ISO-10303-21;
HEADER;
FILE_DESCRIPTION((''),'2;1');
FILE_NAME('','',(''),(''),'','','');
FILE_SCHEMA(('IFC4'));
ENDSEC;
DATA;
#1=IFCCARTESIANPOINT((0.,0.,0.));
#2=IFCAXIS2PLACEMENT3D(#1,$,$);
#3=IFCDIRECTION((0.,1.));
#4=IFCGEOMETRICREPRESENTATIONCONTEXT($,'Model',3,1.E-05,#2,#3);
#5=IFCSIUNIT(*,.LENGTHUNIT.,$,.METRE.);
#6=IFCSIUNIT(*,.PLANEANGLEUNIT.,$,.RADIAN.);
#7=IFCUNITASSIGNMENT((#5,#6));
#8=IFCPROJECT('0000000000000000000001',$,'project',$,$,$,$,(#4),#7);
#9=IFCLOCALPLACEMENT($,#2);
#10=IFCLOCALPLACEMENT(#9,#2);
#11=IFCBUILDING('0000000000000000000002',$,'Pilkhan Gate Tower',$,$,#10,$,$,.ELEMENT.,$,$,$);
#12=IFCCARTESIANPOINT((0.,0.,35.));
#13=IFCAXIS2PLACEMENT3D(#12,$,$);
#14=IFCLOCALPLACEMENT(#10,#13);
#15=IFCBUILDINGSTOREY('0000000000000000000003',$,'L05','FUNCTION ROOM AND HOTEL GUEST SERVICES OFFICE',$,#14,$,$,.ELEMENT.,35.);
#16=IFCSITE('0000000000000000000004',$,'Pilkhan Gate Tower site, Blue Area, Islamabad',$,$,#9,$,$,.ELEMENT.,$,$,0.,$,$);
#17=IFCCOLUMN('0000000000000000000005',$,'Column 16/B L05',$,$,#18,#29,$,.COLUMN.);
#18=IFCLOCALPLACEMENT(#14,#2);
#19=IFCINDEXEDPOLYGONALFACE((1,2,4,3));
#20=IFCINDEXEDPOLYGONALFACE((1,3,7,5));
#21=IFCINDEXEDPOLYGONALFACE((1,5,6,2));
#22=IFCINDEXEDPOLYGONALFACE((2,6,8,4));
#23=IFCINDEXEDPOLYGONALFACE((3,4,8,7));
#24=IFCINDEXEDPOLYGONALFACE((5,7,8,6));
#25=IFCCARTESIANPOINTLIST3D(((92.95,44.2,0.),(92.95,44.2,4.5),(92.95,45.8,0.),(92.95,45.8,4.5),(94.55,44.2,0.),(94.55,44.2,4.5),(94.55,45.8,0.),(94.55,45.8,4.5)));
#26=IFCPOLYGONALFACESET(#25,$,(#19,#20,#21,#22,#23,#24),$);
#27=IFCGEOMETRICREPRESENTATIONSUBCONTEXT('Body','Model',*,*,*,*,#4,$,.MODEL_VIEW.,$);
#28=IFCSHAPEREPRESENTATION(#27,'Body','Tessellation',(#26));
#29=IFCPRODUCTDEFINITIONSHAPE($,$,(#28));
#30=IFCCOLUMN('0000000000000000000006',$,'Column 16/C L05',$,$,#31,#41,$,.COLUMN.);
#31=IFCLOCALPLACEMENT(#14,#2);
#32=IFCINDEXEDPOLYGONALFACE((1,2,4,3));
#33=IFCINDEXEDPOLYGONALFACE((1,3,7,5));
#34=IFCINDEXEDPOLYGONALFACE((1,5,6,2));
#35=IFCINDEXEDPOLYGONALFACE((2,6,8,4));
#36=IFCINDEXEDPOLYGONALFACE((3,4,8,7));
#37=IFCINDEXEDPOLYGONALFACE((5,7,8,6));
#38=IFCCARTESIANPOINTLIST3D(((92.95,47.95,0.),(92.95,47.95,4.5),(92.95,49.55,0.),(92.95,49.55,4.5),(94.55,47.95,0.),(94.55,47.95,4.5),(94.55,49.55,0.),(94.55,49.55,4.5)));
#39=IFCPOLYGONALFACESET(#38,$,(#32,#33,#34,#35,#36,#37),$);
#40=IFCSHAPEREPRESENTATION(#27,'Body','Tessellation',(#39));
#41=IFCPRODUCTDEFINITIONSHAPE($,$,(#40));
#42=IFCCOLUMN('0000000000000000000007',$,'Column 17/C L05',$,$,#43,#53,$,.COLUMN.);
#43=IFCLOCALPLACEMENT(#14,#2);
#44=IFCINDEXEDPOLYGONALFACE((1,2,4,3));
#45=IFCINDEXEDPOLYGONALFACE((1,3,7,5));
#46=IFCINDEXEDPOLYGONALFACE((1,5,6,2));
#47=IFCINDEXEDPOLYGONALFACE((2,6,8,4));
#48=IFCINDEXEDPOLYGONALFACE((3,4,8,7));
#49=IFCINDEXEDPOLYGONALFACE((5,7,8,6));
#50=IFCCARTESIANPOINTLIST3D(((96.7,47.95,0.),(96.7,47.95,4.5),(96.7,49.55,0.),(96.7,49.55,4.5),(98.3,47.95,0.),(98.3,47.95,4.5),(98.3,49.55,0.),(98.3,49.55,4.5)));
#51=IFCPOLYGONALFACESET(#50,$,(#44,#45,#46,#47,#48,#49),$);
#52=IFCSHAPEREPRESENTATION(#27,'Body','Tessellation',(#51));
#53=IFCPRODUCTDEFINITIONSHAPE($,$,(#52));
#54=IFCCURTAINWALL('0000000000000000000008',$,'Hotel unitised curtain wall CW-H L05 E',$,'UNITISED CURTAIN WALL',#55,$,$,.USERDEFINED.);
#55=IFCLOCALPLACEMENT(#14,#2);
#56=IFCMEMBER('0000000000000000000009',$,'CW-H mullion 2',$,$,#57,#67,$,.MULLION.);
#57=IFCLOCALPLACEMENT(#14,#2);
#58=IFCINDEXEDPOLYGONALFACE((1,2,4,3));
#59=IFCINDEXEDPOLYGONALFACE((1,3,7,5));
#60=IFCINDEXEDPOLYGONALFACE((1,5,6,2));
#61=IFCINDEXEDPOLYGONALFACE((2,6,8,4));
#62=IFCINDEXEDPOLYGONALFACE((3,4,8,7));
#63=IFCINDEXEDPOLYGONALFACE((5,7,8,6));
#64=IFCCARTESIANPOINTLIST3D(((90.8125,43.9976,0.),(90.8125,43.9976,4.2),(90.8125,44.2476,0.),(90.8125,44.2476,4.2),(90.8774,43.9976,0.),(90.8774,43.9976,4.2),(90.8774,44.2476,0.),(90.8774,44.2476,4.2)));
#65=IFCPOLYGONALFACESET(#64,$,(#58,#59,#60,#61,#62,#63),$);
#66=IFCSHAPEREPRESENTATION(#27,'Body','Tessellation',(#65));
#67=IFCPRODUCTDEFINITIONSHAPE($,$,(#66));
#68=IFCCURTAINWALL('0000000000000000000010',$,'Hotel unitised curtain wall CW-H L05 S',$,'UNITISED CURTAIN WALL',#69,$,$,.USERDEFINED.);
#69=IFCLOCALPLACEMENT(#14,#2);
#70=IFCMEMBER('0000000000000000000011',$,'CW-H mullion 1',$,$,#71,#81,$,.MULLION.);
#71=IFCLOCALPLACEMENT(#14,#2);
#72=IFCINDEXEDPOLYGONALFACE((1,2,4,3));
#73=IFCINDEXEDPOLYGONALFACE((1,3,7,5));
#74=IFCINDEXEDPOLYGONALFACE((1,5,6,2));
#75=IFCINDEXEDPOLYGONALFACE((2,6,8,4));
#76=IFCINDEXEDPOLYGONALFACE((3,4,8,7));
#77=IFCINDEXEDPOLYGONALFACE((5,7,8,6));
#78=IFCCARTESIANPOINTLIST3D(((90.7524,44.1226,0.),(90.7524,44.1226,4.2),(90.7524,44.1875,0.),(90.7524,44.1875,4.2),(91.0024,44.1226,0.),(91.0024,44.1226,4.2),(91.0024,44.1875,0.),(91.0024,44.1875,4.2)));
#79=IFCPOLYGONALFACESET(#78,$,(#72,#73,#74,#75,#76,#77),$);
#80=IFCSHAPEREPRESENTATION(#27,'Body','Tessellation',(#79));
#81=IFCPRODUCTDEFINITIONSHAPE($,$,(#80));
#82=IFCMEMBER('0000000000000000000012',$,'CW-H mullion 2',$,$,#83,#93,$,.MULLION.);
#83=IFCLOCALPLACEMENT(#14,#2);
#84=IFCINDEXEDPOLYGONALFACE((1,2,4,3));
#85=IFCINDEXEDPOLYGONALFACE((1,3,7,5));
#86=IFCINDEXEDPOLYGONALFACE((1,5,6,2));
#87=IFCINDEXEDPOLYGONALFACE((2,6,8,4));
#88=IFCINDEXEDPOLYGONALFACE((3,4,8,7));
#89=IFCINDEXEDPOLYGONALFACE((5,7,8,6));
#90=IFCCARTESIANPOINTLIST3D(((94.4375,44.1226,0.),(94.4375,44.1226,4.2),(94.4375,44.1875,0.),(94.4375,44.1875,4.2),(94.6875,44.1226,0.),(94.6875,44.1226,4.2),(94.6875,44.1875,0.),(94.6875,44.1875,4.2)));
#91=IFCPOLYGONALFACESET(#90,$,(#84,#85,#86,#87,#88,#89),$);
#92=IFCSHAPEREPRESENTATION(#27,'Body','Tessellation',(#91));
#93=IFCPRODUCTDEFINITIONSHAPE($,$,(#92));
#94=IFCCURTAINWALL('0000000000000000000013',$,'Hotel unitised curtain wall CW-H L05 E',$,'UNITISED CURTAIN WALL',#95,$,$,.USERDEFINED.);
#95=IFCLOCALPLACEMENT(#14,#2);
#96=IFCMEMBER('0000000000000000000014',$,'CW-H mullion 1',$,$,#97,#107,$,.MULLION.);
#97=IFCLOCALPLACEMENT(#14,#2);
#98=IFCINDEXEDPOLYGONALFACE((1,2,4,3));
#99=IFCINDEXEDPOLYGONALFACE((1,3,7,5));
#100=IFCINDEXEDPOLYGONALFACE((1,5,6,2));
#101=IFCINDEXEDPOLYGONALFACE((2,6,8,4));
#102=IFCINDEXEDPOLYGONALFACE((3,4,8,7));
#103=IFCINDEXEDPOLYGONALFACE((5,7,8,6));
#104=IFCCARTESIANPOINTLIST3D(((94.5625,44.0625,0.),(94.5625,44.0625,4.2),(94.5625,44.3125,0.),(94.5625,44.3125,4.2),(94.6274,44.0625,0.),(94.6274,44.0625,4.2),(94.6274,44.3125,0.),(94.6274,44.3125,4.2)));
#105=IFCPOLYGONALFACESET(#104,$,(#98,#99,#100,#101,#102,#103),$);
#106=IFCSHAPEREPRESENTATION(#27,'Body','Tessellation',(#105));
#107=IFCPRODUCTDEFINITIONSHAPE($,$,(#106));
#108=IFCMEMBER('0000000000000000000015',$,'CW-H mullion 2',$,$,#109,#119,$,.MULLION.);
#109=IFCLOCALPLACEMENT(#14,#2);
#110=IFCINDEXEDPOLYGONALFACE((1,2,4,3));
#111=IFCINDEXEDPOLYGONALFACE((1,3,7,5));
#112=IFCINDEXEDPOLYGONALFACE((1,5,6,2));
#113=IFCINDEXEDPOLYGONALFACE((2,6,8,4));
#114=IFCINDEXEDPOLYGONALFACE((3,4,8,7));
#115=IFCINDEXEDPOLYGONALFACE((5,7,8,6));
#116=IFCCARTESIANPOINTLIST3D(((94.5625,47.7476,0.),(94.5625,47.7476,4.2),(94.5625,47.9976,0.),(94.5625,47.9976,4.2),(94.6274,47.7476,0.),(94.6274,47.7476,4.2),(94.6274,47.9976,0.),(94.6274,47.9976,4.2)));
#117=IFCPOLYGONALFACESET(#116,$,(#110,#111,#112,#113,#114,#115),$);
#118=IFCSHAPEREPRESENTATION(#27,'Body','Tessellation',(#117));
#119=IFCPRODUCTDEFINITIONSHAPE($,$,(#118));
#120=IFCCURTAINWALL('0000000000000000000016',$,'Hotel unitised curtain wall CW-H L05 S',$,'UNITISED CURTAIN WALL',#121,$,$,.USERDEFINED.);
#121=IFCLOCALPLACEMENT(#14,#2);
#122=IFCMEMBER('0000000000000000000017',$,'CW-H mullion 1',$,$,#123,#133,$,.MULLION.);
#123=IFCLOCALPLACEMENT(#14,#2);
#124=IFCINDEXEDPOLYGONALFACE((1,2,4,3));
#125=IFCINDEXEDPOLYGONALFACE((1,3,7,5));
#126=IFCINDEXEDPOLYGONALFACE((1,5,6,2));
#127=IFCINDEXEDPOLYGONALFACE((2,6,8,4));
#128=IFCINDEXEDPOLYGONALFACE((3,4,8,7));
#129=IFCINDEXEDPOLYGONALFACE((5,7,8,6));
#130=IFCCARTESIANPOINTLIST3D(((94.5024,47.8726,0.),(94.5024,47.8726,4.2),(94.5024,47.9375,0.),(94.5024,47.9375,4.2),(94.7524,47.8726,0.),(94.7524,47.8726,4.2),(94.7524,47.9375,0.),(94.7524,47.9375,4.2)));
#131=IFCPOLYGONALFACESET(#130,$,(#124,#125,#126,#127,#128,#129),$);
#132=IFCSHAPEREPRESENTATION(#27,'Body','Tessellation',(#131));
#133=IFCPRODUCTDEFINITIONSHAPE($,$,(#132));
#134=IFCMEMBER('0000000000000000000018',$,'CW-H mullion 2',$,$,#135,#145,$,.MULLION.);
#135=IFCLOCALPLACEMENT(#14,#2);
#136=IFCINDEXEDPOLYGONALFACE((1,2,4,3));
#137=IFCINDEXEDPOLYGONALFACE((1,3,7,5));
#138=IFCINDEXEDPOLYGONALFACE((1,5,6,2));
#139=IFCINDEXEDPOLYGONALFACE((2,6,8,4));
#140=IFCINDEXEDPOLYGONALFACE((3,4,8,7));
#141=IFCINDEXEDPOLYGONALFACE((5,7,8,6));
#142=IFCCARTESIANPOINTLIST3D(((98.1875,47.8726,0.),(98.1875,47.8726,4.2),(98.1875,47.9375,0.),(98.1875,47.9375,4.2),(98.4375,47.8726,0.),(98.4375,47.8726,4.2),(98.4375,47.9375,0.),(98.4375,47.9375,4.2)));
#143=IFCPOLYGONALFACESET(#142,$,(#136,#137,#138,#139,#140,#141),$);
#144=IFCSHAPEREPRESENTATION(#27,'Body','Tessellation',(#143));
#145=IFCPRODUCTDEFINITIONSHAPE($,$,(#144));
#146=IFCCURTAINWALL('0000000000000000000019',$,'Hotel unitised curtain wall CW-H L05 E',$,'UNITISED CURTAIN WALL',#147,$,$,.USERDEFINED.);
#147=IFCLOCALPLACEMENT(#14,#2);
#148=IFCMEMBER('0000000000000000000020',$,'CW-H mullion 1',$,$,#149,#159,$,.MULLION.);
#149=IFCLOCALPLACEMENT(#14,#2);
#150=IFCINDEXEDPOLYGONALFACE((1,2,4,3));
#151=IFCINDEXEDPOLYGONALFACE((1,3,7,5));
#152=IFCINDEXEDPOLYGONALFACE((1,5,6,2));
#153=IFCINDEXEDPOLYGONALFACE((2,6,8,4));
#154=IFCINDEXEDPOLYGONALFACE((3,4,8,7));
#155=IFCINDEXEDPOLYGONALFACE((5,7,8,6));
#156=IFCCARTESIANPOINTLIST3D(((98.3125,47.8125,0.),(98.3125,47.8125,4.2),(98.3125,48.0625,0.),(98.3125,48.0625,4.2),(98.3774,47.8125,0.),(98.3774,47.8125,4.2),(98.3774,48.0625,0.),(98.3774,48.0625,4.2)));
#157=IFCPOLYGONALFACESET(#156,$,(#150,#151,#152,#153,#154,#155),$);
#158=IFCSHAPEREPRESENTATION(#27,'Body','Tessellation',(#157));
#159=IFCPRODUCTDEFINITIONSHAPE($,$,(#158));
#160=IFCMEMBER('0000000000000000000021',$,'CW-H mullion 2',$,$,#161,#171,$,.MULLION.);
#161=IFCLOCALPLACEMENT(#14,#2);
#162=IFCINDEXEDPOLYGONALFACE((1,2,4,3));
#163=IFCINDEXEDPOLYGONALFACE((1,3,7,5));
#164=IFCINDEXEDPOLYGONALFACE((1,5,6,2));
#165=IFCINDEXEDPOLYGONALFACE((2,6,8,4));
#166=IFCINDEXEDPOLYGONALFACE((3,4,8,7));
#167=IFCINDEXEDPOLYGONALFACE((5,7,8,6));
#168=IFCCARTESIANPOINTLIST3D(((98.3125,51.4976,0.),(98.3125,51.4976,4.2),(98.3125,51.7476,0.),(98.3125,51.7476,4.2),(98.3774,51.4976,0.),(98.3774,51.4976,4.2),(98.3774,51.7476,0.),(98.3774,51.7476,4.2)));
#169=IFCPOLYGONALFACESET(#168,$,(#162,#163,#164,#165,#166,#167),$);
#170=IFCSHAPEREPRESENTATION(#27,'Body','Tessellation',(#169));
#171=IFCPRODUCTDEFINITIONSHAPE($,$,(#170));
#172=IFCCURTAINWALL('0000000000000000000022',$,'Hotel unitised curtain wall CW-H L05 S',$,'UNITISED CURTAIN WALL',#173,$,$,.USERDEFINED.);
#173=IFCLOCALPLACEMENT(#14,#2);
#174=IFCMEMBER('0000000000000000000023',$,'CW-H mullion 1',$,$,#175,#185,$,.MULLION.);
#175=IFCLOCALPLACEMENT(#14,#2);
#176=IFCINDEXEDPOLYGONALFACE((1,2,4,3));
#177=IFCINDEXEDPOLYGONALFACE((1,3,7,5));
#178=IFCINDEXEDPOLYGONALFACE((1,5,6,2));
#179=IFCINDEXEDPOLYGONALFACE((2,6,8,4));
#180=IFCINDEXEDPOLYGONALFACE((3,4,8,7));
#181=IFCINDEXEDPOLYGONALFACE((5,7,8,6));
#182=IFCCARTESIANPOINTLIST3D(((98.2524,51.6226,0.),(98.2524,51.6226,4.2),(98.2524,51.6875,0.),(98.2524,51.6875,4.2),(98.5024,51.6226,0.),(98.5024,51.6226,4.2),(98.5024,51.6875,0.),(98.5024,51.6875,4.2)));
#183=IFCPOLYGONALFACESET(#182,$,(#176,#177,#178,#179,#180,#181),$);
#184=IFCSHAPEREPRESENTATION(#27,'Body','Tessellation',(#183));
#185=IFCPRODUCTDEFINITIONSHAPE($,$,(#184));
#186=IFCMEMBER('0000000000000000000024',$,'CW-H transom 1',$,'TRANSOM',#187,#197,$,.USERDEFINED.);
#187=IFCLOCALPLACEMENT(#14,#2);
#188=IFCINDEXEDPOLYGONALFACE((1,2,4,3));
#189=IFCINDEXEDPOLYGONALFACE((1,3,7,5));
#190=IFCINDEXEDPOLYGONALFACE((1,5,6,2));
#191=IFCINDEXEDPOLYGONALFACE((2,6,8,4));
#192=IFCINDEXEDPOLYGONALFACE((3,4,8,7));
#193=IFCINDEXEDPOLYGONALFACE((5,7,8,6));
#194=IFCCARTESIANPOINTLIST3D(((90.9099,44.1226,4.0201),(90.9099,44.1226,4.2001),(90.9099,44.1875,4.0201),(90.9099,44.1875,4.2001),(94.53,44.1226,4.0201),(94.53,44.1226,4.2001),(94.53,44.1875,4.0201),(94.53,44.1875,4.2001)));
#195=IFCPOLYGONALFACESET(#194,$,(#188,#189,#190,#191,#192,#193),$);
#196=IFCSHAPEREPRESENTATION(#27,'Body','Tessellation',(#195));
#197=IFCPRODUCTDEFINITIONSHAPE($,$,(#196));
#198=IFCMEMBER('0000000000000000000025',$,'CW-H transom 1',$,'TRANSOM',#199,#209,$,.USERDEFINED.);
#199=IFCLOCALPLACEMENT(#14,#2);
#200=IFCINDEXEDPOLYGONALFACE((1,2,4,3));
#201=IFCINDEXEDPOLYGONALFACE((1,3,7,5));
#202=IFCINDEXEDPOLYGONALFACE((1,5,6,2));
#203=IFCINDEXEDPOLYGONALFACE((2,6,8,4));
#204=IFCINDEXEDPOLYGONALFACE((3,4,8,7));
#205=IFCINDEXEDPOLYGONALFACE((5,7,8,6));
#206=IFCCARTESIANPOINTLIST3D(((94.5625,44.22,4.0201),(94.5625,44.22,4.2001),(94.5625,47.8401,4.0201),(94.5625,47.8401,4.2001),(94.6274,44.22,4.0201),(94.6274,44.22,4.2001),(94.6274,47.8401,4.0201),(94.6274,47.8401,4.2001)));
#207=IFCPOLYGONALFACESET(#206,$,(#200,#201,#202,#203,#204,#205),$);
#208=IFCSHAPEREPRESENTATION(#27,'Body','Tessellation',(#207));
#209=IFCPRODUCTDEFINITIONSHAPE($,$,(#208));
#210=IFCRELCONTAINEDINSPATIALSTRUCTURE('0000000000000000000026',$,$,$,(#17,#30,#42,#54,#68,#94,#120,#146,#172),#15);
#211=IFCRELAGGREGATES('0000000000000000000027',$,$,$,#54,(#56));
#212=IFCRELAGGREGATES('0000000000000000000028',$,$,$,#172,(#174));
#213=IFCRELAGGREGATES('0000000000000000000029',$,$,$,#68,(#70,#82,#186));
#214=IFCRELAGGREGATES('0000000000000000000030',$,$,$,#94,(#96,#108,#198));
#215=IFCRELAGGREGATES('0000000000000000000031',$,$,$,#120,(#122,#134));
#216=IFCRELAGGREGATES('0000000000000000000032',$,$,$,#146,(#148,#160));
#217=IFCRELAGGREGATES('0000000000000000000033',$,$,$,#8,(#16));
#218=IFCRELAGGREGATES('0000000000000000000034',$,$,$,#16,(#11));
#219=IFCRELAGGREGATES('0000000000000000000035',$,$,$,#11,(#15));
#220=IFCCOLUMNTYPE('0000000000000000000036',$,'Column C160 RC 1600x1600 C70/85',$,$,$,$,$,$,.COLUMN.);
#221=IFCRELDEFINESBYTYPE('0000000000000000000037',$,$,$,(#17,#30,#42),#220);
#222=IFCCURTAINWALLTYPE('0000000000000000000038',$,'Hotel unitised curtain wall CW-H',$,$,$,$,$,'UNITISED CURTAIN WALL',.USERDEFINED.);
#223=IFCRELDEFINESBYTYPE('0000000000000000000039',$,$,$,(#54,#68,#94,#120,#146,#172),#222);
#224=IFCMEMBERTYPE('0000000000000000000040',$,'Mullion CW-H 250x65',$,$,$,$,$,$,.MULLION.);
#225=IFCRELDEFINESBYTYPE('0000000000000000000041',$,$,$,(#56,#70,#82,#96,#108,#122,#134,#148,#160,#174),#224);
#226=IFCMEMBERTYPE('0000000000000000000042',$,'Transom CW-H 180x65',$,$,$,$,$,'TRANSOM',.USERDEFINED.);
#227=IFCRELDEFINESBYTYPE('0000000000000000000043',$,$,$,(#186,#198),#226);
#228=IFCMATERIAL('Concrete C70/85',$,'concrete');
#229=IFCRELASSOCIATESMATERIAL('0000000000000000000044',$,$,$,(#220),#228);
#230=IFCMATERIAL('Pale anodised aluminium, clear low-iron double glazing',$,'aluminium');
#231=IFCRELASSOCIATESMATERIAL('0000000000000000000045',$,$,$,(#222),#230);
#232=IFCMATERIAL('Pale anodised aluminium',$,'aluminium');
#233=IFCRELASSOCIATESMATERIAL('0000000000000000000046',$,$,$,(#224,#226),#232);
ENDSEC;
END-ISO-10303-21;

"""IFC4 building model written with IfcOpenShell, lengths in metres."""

from ifc_helpers import new_model, si_unit, direction, frame, origin, origin_2d, place, context, subcontext, project, spatial, rectangle, extrude, material, material_profile, profile_set, type_object, element, aggregate, save


model = new_model("IFC4")

# Units and contexts
model_context = context("Model", 3, precision=1e-05, world=origin(), true_north=direction((0.0, 1.0)))
body_context = subcontext(model_context, "Body", "Model", "MODEL_VIEW")
ifc_project = project(units=[si_unit("LENGTHUNIT", "METRE"), si_unit("PLANEANGLEUNIT", "RADIAN")], contexts=[model_context])

# Site, building, storey
site_placement = place(None, origin())
site = spatial("IfcSite", under=ifc_project, at=site_placement, Name="Pilkhan Gate Tower site, Blue Area, Islamabad", CompositionType="ELEMENT", RefElevation=0.0)
building_placement = place(site_placement, origin())
building = spatial("IfcBuilding", under=site, at=building_placement, Name="Pilkhan Gate Tower", CompositionType="ELEMENT")
storey_placement = place(building_placement, frame((0.0, 0.0, 35.0)))
storey = spatial("IfcBuildingStorey", under=building, at=storey_placement, Name="L05", Description="FUNCTION ROOM AND HOTEL GUEST SERVICES OFFICE", CompositionType="ELEMENT", Elevation=35.0)

# Columns
ifc_material_1 = material(Name="Concrete C70/85", Category="concrete")
ifc_material_profile_1 = material_profile(ifc_material_1, rectangle(XDim=1.6001, YDim=1.6001, at=origin_2d()), Name="RC 1600x1600")
ifc_profile_set_1 = profile_set([ifc_material_profile_1], Name="Concrete C70/85")
column_type = type_object("IfcColumnType", Name="Column C160 RC 1600x1600 C70/85", PredefinedType="COLUMN", material=ifc_profile_set_1)
for number, where, z_axis, x_axis, name in (
    (1, (93.75, 45.0, 0.0), (0.0, 0.0, 1.0), (1.0, 0.0, 0.0), "Column 16/B L05"),
    (2, (93.75, 48.75, 0.0), (0.0, 0.0, 1.0), (1.0, 0.0, 0.0), "Column 16/C L05"),
    (3, (97.5, 48.75, 0.0), (0.0, 0.0, 1.0), (1.0, 0.0, 0.0), "Column 17/C L05"),
):
    element("IfcColumn", number, at=place(storey_placement, frame(where, z_axis=z_axis, x_axis=x_axis)), inside=storey, type_object=column_type, Name=name, PredefinedType="COLUMN", context=body_context, shape_type="SweptSolid", body=[
        extrude(rectangle(XDim=1.6001, YDim=1.6001, at=origin_2d()), origin(), (0.0, 0.0, 1.0), 4.5),
    ])

# Curtain wall, member
ifc_material_2 = material(Name="Pale anodised aluminium, clear low-iron double glazing", Category="aluminium")
curtain_wall_type = type_object("IfcCurtainWallType", Name="Hotel unitised curtain wall CW-H", ElementType="UNITISED CURTAIN WALL", PredefinedType="USERDEFINED", material=ifc_material_2)
curtain_wall_1_placement = place(storey_placement, origin())
curtain_wall_1 = element("IfcCurtainWall", 4, at=curtain_wall_1_placement, inside=storey, type_object=curtain_wall_type, Name="Hotel unitised curtain wall CW-H L05 E", ObjectType="UNITISED CURTAIN WALL", PredefinedType="USERDEFINED")
ifc_material_3 = material(Name="Pale anodised aluminium", Category="aluminium")
ifc_material_profile_2 = material_profile(ifc_material_3, rectangle(XDim=0.0649, YDim=0.25, at=origin_2d()), Name="Mullion 250x65")
ifc_profile_set_2 = profile_set([ifc_material_profile_2], Name="Pale anodised aluminium")
member_type_1 = type_object("IfcMemberType", Name="Mullion CW-H 250x65", PredefinedType="MULLION", material=ifc_profile_set_2)
member_1_placement = place(storey_placement, frame((90.845, 44.1226, 0.0), z_axis=(0.0, 0.0, 1.0), x_axis=(-1.0, 0.0, 0.0)))
member_1 = element("IfcMember", 5, at=member_1_placement, type_object=member_type_1, Name="CW-H mullion 2", PredefinedType="MULLION", context=body_context, shape_type="SweptSolid", body=[
    extrude(rectangle(XDim=0.0649, YDim=0.25, at=origin_2d()), origin(), (0.0, 0.0, 1.0), 4.2),
])
aggregate(curtain_wall_1, [member_1])

# Curtain walls, members
curtain_wall_2_placement = place(storey_placement, origin())
curtain_wall_2 = element("IfcCurtainWall", 6, at=curtain_wall_2_placement, inside=storey, type_object=curtain_wall_type, Name="Hotel unitised curtain wall CW-H L05 S", ObjectType="UNITISED CURTAIN WALL", PredefinedType="USERDEFINED")
member_2_placement = place(storey_placement, frame((90.8774, 44.155, 0.0), z_axis=(0.0, 0.0, 1.0), x_axis=(0.0, 1.0, 0.0)))
member_2 = element("IfcMember", 7, at=member_2_placement, type_object=member_type_1, Name="CW-H mullion 1", PredefinedType="MULLION", context=body_context, shape_type="SweptSolid", body=[
    extrude(rectangle(XDim=0.0649, YDim=0.25, at=origin_2d()), origin(), (0.0, 0.0, 1.0), 4.2),
])
member_3_placement = place(storey_placement, frame((94.5625, 44.155, 0.0), z_axis=(0.0, 0.0, 1.0), x_axis=(0.0, 1.0, 0.0)))
member_3 = element("IfcMember", 8, at=member_3_placement, type_object=member_type_1, Name="CW-H mullion 2", PredefinedType="MULLION", context=body_context, shape_type="SweptSolid", body=[
    extrude(rectangle(XDim=0.0649, YDim=0.25, at=origin_2d()), origin(), (0.0, 0.0, 1.0), 4.2),
])
curtain_wall_3_placement = place(storey_placement, origin())
curtain_wall_3 = element("IfcCurtainWall", 9, at=curtain_wall_3_placement, inside=storey, type_object=curtain_wall_type, Name="Hotel unitised curtain wall CW-H L05 E", ObjectType="UNITISED CURTAIN WALL", PredefinedType="USERDEFINED")
member_4_placement = place(storey_placement, frame((94.595, 44.1875, 0.0), z_axis=(0.0, 0.0, 1.0), x_axis=(-1.0, 0.0, 0.0)))
member_4 = element("IfcMember", 10, at=member_4_placement, type_object=member_type_1, Name="CW-H mullion 1", PredefinedType="MULLION", context=body_context, shape_type="SweptSolid", body=[
    extrude(rectangle(XDim=0.0649, YDim=0.25, at=origin_2d()), origin(), (0.0, 0.0, 1.0), 4.2),
])
member_5_placement = place(storey_placement, frame((94.595, 47.8726, 0.0), z_axis=(0.0, 0.0, 1.0), x_axis=(-1.0, 0.0, 0.0)))
member_5 = element("IfcMember", 11, at=member_5_placement, type_object=member_type_1, Name="CW-H mullion 2", PredefinedType="MULLION", context=body_context, shape_type="SweptSolid", body=[
    extrude(rectangle(XDim=0.0649, YDim=0.25, at=origin_2d()), origin(), (0.0, 0.0, 1.0), 4.2),
])
curtain_wall_4_placement = place(storey_placement, origin())
curtain_wall_4 = element("IfcCurtainWall", 12, at=curtain_wall_4_placement, inside=storey, type_object=curtain_wall_type, Name="Hotel unitised curtain wall CW-H L05 S", ObjectType="UNITISED CURTAIN WALL", PredefinedType="USERDEFINED")
member_6_placement = place(storey_placement, frame((94.6274, 47.905, 0.0), z_axis=(0.0, 0.0, 1.0), x_axis=(0.0, 1.0, 0.0)))
member_6 = element("IfcMember", 13, at=member_6_placement, type_object=member_type_1, Name="CW-H mullion 1", PredefinedType="MULLION", context=body_context, shape_type="SweptSolid", body=[
    extrude(rectangle(XDim=0.0649, YDim=0.25, at=origin_2d()), origin(), (0.0, 0.0, 1.0), 4.2),
])
member_7_placement = place(storey_placement, frame((98.3125, 47.905, 0.0), z_axis=(0.0, 0.0, 1.0), x_axis=(0.0, 1.0, 0.0)))
member_7 = element("IfcMember", 14, at=member_7_placement, type_object=member_type_1, Name="CW-H mullion 2", PredefinedType="MULLION", context=body_context, shape_type="SweptSolid", body=[
    extrude(rectangle(XDim=0.0649, YDim=0.25, at=origin_2d()), origin(), (0.0, 0.0, 1.0), 4.2),
])
curtain_wall_5_placement = place(storey_placement, origin())
curtain_wall_5 = element("IfcCurtainWall", 15, at=curtain_wall_5_placement, inside=storey, type_object=curtain_wall_type, Name="Hotel unitised curtain wall CW-H L05 E", ObjectType="UNITISED CURTAIN WALL", PredefinedType="USERDEFINED")
member_8_placement = place(storey_placement, frame((98.345, 47.9375, 0.0), z_axis=(0.0, 0.0, 1.0), x_axis=(-1.0, 0.0, 0.0)))
member_8 = element("IfcMember", 16, at=member_8_placement, type_object=member_type_1, Name="CW-H mullion 1", PredefinedType="MULLION", context=body_context, shape_type="SweptSolid", body=[
    extrude(rectangle(XDim=0.0649, YDim=0.25, at=origin_2d()), origin(), (0.0, 0.0, 1.0), 4.2),
])
member_9_placement = place(storey_placement, frame((98.345, 51.6226, 0.0), z_axis=(0.0, 0.0, 1.0), x_axis=(-1.0, 0.0, 0.0)))
member_9 = element("IfcMember", 17, at=member_9_placement, type_object=member_type_1, Name="CW-H mullion 2", PredefinedType="MULLION", context=body_context, shape_type="SweptSolid", body=[
    extrude(rectangle(XDim=0.0649, YDim=0.25, at=origin_2d()), origin(), (0.0, 0.0, 1.0), 4.2),
])

# Curtain wall, member
curtain_wall_6_placement = place(storey_placement, origin())
curtain_wall_6 = element("IfcCurtainWall", 18, at=curtain_wall_6_placement, inside=storey, type_object=curtain_wall_type, Name="Hotel unitised curtain wall CW-H L05 S", ObjectType="UNITISED CURTAIN WALL", PredefinedType="USERDEFINED")
member_10_placement = place(storey_placement, frame((98.3774, 51.655, 0.0), z_axis=(0.0, 0.0, 1.0), x_axis=(0.0, 1.0, 0.0)))
member_10 = element("IfcMember", 19, at=member_10_placement, type_object=member_type_1, Name="CW-H mullion 1", PredefinedType="MULLION", context=body_context, shape_type="SweptSolid", body=[
    extrude(rectangle(XDim=0.0649, YDim=0.25, at=origin_2d()), origin(), (0.0, 0.0, 1.0), 4.2),
])

# Members
ifc_material_profile_3 = material_profile(ifc_material_3, rectangle(XDim=0.0649, YDim=0.1799, at=origin_2d()), Name="Transom 180x65")
ifc_profile_set_3 = profile_set([ifc_material_profile_3], Name="Pale anodised aluminium")
member_type_2 = type_object("IfcMemberType", Name="Transom CW-H 180x65", ElementType="TRANSOM", PredefinedType="USERDEFINED", material=ifc_profile_set_3)
member_11_placement = place(storey_placement, frame((90.9099, 44.155, 4.1101), z_axis=(1.0, 0.0, 0.0), x_axis=(0.0, 1.0, 0.0)))
member_11 = element("IfcMember", 20, at=member_11_placement, type_object=member_type_2, Name="CW-H transom 1", ObjectType="TRANSOM", PredefinedType="USERDEFINED", context=body_context, shape_type="SweptSolid", body=[
    extrude(rectangle(XDim=0.0649, YDim=0.1799, at=origin_2d()), origin(), (0.0, 0.0, 1.0), 3.6201),
])
member_12_placement = place(storey_placement, frame((94.595, 44.22, 4.1101), z_axis=(0.0, 1.0, 0.0), x_axis=(-1.0, 0.0, 0.0)))
member_12 = element("IfcMember", 21, at=member_12_placement, type_object=member_type_2, Name="CW-H transom 1", ObjectType="TRANSOM", PredefinedType="USERDEFINED", context=body_context, shape_type="SweptSolid", body=[
    extrude(rectangle(XDim=0.0649, YDim=0.1799, at=origin_2d()), origin(), (0.0, 0.0, 1.0), 3.6201),
])
aggregate(curtain_wall_6, [member_10])

aggregate(curtain_wall_2, [member_2, member_3, member_11])
aggregate(curtain_wall_3, [member_4, member_5, member_12])
aggregate(curtain_wall_4, [member_6, member_7])
aggregate(curtain_wall_5, [member_8, member_9])

save(model, "model.ifc")
